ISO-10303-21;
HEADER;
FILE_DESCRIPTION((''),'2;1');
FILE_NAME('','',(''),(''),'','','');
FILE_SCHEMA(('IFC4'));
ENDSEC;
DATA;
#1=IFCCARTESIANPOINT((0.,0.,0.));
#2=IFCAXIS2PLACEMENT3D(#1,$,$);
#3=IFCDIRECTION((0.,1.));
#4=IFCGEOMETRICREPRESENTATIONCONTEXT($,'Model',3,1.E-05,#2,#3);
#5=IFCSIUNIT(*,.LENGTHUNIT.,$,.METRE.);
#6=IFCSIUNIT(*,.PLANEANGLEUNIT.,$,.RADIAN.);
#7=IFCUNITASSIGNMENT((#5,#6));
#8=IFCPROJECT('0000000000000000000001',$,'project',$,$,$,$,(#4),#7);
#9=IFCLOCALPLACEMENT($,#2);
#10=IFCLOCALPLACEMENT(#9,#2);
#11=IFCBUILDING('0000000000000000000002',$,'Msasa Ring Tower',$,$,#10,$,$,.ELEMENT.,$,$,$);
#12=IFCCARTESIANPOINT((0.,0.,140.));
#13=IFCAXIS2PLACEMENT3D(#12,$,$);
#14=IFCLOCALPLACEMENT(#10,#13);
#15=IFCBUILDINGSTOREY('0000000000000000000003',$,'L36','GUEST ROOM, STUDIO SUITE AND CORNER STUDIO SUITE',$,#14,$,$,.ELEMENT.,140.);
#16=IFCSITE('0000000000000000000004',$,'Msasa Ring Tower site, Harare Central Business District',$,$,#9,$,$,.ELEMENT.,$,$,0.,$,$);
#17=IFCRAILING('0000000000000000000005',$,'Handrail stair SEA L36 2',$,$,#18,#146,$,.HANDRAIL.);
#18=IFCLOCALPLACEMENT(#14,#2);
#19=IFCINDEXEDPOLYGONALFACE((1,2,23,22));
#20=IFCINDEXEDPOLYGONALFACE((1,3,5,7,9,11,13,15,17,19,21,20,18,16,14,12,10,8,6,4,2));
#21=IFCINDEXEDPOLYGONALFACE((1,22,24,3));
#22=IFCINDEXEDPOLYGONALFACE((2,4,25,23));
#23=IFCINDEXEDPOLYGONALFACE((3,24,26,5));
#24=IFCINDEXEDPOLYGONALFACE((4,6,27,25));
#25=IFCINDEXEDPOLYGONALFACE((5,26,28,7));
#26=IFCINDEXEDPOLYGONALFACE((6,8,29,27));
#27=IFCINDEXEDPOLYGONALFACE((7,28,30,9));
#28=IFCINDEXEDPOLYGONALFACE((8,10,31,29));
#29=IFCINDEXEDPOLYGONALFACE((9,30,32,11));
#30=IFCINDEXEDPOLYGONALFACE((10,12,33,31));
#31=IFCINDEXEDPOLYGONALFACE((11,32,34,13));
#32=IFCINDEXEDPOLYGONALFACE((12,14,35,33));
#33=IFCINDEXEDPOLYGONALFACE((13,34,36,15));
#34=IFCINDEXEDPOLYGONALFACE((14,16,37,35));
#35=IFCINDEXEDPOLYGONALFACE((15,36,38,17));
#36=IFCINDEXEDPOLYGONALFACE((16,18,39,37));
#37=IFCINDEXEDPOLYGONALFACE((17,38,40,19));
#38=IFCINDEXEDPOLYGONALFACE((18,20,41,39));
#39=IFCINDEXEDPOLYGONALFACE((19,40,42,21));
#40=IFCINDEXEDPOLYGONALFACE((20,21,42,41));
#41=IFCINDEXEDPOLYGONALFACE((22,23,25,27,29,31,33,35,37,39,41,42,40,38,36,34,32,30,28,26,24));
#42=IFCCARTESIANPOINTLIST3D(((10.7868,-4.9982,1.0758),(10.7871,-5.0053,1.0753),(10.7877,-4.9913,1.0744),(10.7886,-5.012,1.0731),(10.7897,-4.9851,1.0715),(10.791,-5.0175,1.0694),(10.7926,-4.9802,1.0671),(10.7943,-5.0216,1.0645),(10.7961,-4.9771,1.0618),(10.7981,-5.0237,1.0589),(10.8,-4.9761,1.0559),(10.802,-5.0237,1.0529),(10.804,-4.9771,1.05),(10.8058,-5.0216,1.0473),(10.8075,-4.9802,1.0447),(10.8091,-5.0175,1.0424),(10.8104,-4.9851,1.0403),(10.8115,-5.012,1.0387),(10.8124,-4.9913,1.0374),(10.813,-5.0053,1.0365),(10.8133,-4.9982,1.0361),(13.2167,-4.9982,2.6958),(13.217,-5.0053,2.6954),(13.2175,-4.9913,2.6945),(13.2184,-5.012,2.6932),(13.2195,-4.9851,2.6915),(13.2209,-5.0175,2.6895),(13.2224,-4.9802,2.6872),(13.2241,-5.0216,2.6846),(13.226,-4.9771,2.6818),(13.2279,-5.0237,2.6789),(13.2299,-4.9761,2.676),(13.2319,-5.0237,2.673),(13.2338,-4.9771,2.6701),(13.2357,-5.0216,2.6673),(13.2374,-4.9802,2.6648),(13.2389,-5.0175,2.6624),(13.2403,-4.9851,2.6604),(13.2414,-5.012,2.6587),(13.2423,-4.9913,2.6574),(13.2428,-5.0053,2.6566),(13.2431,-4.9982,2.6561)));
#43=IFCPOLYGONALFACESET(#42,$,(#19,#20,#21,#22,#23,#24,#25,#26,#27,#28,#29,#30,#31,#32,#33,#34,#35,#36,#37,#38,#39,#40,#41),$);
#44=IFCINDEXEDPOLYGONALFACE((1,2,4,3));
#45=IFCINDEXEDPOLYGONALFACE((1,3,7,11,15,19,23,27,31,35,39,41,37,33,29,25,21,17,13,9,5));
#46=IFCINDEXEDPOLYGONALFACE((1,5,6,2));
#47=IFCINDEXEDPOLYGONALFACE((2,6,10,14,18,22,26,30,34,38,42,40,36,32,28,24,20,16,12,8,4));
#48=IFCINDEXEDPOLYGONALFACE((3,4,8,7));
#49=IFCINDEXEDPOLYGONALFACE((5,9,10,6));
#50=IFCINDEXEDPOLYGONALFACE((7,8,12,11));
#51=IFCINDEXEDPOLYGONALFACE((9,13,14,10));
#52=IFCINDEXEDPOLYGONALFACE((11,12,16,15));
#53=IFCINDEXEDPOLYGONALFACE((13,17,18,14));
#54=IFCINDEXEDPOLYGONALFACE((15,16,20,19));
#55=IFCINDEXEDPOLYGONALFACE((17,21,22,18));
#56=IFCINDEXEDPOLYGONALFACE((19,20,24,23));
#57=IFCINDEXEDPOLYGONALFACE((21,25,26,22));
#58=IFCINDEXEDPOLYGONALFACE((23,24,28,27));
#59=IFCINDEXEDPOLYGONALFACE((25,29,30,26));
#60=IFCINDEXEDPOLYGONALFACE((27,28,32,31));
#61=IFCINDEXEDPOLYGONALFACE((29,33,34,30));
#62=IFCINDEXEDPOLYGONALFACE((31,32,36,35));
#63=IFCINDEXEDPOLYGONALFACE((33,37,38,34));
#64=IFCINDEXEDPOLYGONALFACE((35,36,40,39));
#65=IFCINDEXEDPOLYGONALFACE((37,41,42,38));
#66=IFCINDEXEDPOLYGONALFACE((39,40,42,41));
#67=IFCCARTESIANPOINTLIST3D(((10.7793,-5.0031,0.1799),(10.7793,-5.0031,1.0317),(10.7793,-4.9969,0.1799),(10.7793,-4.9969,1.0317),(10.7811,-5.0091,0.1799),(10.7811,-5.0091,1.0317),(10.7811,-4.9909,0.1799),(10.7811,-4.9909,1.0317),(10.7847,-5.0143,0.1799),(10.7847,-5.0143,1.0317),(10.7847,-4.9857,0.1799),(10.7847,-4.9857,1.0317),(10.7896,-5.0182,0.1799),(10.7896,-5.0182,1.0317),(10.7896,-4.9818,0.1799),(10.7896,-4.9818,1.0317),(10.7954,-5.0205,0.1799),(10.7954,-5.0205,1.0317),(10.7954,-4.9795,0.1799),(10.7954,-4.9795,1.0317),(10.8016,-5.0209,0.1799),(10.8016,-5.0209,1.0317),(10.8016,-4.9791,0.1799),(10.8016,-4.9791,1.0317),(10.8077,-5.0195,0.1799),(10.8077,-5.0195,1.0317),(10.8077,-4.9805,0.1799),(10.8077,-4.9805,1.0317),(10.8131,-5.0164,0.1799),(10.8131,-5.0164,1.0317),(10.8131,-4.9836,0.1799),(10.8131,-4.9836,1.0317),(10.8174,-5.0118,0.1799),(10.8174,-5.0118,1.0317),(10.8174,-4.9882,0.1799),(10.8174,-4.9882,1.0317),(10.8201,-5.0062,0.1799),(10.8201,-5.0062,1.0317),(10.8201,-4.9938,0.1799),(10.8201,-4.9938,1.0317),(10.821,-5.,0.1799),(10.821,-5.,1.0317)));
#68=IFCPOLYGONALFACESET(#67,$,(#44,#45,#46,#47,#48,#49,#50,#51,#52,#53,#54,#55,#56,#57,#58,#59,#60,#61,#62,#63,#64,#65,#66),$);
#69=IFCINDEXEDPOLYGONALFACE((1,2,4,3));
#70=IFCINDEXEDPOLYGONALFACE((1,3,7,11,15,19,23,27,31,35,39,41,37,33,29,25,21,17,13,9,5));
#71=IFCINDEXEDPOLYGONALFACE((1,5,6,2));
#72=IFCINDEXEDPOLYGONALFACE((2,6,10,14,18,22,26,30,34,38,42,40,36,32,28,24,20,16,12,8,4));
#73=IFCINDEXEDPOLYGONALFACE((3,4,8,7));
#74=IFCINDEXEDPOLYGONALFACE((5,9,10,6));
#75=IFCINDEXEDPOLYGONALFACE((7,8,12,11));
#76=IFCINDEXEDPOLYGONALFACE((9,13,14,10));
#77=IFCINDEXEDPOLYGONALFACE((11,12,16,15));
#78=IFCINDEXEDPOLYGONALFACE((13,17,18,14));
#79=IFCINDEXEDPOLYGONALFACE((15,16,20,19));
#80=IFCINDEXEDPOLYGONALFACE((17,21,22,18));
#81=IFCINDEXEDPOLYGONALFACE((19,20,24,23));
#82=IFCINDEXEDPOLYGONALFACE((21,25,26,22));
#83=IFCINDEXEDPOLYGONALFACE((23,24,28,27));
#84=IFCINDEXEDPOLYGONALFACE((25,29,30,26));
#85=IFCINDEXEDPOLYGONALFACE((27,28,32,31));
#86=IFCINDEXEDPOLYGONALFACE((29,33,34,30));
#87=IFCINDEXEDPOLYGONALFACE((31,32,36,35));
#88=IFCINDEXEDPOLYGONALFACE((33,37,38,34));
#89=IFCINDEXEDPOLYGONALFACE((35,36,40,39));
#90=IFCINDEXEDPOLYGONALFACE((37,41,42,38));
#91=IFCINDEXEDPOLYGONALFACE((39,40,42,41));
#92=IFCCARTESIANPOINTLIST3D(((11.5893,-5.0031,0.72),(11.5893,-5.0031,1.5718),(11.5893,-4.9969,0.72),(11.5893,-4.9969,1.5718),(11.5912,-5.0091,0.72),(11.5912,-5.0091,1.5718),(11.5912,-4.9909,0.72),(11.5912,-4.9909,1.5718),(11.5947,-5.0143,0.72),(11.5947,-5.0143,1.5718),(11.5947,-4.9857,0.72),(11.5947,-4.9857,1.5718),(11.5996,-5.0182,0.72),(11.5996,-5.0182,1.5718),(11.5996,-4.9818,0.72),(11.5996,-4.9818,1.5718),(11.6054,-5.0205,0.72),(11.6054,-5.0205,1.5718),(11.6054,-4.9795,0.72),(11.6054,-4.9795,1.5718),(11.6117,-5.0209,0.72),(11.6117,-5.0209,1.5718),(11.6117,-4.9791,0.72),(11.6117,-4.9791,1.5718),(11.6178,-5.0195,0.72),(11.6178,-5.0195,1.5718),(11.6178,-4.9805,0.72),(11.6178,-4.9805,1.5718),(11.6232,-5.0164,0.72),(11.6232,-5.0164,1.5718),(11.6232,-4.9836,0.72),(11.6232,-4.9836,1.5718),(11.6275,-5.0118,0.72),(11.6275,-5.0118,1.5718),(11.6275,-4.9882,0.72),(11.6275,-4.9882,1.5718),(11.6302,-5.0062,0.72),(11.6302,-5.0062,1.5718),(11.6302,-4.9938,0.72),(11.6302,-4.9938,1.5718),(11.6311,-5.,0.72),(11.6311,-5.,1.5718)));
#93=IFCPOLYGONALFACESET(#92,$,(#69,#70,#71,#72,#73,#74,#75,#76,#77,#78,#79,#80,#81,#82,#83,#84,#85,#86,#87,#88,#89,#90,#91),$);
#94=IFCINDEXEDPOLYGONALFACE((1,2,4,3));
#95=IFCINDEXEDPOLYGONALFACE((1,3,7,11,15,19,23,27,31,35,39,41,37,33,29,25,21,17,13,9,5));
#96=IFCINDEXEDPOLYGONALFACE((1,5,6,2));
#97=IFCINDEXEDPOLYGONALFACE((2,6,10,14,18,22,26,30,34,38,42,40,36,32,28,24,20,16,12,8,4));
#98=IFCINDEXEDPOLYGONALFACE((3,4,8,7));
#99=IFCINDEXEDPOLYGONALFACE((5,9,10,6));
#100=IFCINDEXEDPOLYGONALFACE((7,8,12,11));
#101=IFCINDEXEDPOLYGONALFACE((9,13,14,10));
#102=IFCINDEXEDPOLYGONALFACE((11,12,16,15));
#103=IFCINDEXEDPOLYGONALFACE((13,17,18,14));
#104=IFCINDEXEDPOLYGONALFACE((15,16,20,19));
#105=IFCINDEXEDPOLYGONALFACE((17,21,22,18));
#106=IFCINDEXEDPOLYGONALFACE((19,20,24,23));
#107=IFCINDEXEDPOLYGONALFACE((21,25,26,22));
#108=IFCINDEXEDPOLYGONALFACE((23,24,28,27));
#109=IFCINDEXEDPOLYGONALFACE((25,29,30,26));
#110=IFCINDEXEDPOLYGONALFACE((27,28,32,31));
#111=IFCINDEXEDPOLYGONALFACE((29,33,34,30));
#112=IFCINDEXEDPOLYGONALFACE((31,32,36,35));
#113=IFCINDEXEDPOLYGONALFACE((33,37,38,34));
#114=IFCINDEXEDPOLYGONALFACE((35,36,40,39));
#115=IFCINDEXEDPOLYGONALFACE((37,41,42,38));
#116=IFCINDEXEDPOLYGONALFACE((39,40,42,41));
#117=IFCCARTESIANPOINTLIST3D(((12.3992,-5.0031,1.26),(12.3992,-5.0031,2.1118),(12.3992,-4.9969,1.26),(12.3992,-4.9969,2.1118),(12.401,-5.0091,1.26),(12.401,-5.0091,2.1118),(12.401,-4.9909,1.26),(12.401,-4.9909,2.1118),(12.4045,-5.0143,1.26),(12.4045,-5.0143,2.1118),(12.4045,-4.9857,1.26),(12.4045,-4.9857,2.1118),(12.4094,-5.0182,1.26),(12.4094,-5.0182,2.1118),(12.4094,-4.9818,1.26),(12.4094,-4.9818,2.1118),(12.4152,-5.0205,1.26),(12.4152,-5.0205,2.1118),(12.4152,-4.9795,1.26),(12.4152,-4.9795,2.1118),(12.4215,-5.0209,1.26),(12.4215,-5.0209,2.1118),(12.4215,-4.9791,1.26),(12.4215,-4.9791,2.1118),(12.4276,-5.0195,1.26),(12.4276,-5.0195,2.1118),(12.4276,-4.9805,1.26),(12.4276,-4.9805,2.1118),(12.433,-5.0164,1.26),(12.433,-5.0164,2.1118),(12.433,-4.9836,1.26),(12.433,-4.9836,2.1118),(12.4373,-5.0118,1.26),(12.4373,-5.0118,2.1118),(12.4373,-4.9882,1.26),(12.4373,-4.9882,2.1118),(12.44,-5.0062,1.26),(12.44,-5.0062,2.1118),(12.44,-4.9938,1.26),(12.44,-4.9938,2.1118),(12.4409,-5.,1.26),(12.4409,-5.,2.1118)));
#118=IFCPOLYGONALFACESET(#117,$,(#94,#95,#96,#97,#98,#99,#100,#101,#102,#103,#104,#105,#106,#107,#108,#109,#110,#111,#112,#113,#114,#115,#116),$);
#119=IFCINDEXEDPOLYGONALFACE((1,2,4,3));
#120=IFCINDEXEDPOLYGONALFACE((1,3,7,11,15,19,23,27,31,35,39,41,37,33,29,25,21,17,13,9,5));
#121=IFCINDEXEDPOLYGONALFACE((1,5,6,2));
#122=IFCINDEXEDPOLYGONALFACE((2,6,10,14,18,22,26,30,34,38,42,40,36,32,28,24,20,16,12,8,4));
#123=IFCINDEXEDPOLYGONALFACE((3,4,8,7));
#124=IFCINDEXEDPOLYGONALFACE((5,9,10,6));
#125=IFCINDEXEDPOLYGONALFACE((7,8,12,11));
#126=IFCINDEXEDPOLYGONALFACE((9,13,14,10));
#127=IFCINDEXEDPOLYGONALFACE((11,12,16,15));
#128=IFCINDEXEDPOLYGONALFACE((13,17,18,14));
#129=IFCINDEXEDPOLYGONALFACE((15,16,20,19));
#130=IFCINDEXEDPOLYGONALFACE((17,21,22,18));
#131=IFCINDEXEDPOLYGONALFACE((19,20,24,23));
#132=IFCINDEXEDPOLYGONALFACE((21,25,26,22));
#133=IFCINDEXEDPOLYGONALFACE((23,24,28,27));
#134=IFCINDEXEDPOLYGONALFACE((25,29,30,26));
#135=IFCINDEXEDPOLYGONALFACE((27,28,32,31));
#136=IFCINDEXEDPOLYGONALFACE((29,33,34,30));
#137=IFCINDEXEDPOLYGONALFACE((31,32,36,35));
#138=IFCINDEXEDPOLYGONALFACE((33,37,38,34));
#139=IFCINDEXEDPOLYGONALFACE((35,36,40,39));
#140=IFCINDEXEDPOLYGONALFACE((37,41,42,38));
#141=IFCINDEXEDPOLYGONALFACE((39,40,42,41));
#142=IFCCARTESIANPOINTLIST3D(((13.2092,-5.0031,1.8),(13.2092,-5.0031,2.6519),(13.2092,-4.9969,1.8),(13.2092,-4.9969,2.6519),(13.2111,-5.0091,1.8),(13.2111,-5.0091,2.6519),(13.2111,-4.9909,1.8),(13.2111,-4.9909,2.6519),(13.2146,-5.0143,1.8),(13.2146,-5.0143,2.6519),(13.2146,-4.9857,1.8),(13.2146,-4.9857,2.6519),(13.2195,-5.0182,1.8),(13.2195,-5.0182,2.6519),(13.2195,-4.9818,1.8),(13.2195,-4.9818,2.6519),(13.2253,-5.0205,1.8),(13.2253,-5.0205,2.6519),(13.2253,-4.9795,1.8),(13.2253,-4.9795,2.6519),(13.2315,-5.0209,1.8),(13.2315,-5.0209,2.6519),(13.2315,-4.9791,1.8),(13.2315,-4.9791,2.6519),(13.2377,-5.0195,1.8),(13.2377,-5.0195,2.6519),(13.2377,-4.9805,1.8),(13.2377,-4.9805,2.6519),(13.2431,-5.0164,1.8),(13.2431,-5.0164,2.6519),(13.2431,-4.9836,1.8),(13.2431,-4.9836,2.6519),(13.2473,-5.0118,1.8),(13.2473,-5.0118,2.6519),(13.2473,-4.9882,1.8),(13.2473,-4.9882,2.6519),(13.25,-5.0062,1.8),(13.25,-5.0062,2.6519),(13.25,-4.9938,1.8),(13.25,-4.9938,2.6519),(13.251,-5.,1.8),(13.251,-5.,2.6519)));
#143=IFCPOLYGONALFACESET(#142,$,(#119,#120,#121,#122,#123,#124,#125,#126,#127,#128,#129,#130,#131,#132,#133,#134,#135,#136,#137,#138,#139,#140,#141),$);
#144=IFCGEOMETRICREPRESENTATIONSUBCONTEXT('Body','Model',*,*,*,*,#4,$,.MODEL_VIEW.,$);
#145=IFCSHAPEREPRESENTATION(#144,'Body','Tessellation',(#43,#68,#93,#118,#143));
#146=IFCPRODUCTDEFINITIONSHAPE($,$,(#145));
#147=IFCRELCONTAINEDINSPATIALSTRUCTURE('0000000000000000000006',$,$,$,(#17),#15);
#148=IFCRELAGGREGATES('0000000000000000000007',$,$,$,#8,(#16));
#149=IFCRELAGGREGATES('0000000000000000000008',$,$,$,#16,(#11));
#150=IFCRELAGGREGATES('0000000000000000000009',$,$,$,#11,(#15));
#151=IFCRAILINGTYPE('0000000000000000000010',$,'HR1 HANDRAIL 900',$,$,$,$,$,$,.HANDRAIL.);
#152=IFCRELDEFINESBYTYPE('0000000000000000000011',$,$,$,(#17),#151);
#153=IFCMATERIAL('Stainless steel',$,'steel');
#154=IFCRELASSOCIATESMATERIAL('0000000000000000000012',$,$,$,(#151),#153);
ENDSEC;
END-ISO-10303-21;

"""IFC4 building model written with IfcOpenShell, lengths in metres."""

from ifc_helpers import new_model, si_unit, direction, frame, origin, origin_2d, place, context, subcontext, project, spatial, circle, extrude, material, type_object, element, save


model = new_model("IFC4")

# Units and contexts
model_context = context("Model", 3, precision=1e-05, world=origin(), true_north=direction((0.0, 1.0)))
body_context = subcontext(model_context, "Body", "Model", "MODEL_VIEW")
ifc_project = project(units=[si_unit("LENGTHUNIT", "METRE"), si_unit("PLANEANGLEUNIT", "RADIAN")], contexts=[model_context])

# Site, building, storey
site_placement = place(None, origin())
site = spatial("IfcSite", under=ifc_project, at=site_placement, Name="Msasa Ring Tower site, Harare Central Business District", CompositionType="ELEMENT", RefElevation=0.0)
building_placement = place(site_placement, origin())
building = spatial("IfcBuilding", under=site, at=building_placement, Name="Msasa Ring Tower", CompositionType="ELEMENT")
storey_placement = place(building_placement, frame((0.0, 0.0, 140.0)))
storey = spatial("IfcBuildingStorey", under=building, at=storey_placement, Name="L36", Description="GUEST ROOM, STUDIO SUITE AND CORNER STUDIO SUITE", CompositionType="ELEMENT", Elevation=140.0)

# Railing
ifc_material_1 = material(Name="Stainless steel", Category="steel")
railing_type = type_object("IfcRailingType", Name="HR1 HANDRAIL 900", PredefinedType="HANDRAIL", material=ifc_material_1)
for number, where, name in (
    (1, (10.8, -5.0, 0.1799), "Handrail stair SEA L36 2"),
):
    element("IfcRailing", number, at=place(storey_placement, frame(where)), inside=storey, type_object=railing_type, Name=name, PredefinedType="HANDRAIL", context=body_context, shape_type="SweptSolid", body=[
        extrude(circle(Radius=0.0239, at=origin_2d()), frame((0.0, 0.0, 0.876), z_axis=(0.832025, 0.0, 0.554739), x_axis=(0.0, 1.0, 0.0)), (0.0, 0.0, 1.0), 2.9204),
        extrude(circle(Radius=0.021, at=origin_2d()), origin(), (0.0, 0.0, 1.0), 0.8518),
        extrude(circle(Radius=0.021, at=origin_2d()), frame((0.8101, 0.0, 0.54)), (0.0, 0.0, 1.0), 0.8518),
        extrude(circle(Radius=0.021, at=origin_2d()), frame((1.6199, 0.0, 1.0801)), (0.0, 0.0, 1.0), 0.8518),
        extrude(circle(Radius=0.021, at=origin_2d()), frame((2.4299, 0.0, 1.6201)), (0.0, 0.0, 1.0), 0.8518),
    ])

save(model, "model.ifc")
